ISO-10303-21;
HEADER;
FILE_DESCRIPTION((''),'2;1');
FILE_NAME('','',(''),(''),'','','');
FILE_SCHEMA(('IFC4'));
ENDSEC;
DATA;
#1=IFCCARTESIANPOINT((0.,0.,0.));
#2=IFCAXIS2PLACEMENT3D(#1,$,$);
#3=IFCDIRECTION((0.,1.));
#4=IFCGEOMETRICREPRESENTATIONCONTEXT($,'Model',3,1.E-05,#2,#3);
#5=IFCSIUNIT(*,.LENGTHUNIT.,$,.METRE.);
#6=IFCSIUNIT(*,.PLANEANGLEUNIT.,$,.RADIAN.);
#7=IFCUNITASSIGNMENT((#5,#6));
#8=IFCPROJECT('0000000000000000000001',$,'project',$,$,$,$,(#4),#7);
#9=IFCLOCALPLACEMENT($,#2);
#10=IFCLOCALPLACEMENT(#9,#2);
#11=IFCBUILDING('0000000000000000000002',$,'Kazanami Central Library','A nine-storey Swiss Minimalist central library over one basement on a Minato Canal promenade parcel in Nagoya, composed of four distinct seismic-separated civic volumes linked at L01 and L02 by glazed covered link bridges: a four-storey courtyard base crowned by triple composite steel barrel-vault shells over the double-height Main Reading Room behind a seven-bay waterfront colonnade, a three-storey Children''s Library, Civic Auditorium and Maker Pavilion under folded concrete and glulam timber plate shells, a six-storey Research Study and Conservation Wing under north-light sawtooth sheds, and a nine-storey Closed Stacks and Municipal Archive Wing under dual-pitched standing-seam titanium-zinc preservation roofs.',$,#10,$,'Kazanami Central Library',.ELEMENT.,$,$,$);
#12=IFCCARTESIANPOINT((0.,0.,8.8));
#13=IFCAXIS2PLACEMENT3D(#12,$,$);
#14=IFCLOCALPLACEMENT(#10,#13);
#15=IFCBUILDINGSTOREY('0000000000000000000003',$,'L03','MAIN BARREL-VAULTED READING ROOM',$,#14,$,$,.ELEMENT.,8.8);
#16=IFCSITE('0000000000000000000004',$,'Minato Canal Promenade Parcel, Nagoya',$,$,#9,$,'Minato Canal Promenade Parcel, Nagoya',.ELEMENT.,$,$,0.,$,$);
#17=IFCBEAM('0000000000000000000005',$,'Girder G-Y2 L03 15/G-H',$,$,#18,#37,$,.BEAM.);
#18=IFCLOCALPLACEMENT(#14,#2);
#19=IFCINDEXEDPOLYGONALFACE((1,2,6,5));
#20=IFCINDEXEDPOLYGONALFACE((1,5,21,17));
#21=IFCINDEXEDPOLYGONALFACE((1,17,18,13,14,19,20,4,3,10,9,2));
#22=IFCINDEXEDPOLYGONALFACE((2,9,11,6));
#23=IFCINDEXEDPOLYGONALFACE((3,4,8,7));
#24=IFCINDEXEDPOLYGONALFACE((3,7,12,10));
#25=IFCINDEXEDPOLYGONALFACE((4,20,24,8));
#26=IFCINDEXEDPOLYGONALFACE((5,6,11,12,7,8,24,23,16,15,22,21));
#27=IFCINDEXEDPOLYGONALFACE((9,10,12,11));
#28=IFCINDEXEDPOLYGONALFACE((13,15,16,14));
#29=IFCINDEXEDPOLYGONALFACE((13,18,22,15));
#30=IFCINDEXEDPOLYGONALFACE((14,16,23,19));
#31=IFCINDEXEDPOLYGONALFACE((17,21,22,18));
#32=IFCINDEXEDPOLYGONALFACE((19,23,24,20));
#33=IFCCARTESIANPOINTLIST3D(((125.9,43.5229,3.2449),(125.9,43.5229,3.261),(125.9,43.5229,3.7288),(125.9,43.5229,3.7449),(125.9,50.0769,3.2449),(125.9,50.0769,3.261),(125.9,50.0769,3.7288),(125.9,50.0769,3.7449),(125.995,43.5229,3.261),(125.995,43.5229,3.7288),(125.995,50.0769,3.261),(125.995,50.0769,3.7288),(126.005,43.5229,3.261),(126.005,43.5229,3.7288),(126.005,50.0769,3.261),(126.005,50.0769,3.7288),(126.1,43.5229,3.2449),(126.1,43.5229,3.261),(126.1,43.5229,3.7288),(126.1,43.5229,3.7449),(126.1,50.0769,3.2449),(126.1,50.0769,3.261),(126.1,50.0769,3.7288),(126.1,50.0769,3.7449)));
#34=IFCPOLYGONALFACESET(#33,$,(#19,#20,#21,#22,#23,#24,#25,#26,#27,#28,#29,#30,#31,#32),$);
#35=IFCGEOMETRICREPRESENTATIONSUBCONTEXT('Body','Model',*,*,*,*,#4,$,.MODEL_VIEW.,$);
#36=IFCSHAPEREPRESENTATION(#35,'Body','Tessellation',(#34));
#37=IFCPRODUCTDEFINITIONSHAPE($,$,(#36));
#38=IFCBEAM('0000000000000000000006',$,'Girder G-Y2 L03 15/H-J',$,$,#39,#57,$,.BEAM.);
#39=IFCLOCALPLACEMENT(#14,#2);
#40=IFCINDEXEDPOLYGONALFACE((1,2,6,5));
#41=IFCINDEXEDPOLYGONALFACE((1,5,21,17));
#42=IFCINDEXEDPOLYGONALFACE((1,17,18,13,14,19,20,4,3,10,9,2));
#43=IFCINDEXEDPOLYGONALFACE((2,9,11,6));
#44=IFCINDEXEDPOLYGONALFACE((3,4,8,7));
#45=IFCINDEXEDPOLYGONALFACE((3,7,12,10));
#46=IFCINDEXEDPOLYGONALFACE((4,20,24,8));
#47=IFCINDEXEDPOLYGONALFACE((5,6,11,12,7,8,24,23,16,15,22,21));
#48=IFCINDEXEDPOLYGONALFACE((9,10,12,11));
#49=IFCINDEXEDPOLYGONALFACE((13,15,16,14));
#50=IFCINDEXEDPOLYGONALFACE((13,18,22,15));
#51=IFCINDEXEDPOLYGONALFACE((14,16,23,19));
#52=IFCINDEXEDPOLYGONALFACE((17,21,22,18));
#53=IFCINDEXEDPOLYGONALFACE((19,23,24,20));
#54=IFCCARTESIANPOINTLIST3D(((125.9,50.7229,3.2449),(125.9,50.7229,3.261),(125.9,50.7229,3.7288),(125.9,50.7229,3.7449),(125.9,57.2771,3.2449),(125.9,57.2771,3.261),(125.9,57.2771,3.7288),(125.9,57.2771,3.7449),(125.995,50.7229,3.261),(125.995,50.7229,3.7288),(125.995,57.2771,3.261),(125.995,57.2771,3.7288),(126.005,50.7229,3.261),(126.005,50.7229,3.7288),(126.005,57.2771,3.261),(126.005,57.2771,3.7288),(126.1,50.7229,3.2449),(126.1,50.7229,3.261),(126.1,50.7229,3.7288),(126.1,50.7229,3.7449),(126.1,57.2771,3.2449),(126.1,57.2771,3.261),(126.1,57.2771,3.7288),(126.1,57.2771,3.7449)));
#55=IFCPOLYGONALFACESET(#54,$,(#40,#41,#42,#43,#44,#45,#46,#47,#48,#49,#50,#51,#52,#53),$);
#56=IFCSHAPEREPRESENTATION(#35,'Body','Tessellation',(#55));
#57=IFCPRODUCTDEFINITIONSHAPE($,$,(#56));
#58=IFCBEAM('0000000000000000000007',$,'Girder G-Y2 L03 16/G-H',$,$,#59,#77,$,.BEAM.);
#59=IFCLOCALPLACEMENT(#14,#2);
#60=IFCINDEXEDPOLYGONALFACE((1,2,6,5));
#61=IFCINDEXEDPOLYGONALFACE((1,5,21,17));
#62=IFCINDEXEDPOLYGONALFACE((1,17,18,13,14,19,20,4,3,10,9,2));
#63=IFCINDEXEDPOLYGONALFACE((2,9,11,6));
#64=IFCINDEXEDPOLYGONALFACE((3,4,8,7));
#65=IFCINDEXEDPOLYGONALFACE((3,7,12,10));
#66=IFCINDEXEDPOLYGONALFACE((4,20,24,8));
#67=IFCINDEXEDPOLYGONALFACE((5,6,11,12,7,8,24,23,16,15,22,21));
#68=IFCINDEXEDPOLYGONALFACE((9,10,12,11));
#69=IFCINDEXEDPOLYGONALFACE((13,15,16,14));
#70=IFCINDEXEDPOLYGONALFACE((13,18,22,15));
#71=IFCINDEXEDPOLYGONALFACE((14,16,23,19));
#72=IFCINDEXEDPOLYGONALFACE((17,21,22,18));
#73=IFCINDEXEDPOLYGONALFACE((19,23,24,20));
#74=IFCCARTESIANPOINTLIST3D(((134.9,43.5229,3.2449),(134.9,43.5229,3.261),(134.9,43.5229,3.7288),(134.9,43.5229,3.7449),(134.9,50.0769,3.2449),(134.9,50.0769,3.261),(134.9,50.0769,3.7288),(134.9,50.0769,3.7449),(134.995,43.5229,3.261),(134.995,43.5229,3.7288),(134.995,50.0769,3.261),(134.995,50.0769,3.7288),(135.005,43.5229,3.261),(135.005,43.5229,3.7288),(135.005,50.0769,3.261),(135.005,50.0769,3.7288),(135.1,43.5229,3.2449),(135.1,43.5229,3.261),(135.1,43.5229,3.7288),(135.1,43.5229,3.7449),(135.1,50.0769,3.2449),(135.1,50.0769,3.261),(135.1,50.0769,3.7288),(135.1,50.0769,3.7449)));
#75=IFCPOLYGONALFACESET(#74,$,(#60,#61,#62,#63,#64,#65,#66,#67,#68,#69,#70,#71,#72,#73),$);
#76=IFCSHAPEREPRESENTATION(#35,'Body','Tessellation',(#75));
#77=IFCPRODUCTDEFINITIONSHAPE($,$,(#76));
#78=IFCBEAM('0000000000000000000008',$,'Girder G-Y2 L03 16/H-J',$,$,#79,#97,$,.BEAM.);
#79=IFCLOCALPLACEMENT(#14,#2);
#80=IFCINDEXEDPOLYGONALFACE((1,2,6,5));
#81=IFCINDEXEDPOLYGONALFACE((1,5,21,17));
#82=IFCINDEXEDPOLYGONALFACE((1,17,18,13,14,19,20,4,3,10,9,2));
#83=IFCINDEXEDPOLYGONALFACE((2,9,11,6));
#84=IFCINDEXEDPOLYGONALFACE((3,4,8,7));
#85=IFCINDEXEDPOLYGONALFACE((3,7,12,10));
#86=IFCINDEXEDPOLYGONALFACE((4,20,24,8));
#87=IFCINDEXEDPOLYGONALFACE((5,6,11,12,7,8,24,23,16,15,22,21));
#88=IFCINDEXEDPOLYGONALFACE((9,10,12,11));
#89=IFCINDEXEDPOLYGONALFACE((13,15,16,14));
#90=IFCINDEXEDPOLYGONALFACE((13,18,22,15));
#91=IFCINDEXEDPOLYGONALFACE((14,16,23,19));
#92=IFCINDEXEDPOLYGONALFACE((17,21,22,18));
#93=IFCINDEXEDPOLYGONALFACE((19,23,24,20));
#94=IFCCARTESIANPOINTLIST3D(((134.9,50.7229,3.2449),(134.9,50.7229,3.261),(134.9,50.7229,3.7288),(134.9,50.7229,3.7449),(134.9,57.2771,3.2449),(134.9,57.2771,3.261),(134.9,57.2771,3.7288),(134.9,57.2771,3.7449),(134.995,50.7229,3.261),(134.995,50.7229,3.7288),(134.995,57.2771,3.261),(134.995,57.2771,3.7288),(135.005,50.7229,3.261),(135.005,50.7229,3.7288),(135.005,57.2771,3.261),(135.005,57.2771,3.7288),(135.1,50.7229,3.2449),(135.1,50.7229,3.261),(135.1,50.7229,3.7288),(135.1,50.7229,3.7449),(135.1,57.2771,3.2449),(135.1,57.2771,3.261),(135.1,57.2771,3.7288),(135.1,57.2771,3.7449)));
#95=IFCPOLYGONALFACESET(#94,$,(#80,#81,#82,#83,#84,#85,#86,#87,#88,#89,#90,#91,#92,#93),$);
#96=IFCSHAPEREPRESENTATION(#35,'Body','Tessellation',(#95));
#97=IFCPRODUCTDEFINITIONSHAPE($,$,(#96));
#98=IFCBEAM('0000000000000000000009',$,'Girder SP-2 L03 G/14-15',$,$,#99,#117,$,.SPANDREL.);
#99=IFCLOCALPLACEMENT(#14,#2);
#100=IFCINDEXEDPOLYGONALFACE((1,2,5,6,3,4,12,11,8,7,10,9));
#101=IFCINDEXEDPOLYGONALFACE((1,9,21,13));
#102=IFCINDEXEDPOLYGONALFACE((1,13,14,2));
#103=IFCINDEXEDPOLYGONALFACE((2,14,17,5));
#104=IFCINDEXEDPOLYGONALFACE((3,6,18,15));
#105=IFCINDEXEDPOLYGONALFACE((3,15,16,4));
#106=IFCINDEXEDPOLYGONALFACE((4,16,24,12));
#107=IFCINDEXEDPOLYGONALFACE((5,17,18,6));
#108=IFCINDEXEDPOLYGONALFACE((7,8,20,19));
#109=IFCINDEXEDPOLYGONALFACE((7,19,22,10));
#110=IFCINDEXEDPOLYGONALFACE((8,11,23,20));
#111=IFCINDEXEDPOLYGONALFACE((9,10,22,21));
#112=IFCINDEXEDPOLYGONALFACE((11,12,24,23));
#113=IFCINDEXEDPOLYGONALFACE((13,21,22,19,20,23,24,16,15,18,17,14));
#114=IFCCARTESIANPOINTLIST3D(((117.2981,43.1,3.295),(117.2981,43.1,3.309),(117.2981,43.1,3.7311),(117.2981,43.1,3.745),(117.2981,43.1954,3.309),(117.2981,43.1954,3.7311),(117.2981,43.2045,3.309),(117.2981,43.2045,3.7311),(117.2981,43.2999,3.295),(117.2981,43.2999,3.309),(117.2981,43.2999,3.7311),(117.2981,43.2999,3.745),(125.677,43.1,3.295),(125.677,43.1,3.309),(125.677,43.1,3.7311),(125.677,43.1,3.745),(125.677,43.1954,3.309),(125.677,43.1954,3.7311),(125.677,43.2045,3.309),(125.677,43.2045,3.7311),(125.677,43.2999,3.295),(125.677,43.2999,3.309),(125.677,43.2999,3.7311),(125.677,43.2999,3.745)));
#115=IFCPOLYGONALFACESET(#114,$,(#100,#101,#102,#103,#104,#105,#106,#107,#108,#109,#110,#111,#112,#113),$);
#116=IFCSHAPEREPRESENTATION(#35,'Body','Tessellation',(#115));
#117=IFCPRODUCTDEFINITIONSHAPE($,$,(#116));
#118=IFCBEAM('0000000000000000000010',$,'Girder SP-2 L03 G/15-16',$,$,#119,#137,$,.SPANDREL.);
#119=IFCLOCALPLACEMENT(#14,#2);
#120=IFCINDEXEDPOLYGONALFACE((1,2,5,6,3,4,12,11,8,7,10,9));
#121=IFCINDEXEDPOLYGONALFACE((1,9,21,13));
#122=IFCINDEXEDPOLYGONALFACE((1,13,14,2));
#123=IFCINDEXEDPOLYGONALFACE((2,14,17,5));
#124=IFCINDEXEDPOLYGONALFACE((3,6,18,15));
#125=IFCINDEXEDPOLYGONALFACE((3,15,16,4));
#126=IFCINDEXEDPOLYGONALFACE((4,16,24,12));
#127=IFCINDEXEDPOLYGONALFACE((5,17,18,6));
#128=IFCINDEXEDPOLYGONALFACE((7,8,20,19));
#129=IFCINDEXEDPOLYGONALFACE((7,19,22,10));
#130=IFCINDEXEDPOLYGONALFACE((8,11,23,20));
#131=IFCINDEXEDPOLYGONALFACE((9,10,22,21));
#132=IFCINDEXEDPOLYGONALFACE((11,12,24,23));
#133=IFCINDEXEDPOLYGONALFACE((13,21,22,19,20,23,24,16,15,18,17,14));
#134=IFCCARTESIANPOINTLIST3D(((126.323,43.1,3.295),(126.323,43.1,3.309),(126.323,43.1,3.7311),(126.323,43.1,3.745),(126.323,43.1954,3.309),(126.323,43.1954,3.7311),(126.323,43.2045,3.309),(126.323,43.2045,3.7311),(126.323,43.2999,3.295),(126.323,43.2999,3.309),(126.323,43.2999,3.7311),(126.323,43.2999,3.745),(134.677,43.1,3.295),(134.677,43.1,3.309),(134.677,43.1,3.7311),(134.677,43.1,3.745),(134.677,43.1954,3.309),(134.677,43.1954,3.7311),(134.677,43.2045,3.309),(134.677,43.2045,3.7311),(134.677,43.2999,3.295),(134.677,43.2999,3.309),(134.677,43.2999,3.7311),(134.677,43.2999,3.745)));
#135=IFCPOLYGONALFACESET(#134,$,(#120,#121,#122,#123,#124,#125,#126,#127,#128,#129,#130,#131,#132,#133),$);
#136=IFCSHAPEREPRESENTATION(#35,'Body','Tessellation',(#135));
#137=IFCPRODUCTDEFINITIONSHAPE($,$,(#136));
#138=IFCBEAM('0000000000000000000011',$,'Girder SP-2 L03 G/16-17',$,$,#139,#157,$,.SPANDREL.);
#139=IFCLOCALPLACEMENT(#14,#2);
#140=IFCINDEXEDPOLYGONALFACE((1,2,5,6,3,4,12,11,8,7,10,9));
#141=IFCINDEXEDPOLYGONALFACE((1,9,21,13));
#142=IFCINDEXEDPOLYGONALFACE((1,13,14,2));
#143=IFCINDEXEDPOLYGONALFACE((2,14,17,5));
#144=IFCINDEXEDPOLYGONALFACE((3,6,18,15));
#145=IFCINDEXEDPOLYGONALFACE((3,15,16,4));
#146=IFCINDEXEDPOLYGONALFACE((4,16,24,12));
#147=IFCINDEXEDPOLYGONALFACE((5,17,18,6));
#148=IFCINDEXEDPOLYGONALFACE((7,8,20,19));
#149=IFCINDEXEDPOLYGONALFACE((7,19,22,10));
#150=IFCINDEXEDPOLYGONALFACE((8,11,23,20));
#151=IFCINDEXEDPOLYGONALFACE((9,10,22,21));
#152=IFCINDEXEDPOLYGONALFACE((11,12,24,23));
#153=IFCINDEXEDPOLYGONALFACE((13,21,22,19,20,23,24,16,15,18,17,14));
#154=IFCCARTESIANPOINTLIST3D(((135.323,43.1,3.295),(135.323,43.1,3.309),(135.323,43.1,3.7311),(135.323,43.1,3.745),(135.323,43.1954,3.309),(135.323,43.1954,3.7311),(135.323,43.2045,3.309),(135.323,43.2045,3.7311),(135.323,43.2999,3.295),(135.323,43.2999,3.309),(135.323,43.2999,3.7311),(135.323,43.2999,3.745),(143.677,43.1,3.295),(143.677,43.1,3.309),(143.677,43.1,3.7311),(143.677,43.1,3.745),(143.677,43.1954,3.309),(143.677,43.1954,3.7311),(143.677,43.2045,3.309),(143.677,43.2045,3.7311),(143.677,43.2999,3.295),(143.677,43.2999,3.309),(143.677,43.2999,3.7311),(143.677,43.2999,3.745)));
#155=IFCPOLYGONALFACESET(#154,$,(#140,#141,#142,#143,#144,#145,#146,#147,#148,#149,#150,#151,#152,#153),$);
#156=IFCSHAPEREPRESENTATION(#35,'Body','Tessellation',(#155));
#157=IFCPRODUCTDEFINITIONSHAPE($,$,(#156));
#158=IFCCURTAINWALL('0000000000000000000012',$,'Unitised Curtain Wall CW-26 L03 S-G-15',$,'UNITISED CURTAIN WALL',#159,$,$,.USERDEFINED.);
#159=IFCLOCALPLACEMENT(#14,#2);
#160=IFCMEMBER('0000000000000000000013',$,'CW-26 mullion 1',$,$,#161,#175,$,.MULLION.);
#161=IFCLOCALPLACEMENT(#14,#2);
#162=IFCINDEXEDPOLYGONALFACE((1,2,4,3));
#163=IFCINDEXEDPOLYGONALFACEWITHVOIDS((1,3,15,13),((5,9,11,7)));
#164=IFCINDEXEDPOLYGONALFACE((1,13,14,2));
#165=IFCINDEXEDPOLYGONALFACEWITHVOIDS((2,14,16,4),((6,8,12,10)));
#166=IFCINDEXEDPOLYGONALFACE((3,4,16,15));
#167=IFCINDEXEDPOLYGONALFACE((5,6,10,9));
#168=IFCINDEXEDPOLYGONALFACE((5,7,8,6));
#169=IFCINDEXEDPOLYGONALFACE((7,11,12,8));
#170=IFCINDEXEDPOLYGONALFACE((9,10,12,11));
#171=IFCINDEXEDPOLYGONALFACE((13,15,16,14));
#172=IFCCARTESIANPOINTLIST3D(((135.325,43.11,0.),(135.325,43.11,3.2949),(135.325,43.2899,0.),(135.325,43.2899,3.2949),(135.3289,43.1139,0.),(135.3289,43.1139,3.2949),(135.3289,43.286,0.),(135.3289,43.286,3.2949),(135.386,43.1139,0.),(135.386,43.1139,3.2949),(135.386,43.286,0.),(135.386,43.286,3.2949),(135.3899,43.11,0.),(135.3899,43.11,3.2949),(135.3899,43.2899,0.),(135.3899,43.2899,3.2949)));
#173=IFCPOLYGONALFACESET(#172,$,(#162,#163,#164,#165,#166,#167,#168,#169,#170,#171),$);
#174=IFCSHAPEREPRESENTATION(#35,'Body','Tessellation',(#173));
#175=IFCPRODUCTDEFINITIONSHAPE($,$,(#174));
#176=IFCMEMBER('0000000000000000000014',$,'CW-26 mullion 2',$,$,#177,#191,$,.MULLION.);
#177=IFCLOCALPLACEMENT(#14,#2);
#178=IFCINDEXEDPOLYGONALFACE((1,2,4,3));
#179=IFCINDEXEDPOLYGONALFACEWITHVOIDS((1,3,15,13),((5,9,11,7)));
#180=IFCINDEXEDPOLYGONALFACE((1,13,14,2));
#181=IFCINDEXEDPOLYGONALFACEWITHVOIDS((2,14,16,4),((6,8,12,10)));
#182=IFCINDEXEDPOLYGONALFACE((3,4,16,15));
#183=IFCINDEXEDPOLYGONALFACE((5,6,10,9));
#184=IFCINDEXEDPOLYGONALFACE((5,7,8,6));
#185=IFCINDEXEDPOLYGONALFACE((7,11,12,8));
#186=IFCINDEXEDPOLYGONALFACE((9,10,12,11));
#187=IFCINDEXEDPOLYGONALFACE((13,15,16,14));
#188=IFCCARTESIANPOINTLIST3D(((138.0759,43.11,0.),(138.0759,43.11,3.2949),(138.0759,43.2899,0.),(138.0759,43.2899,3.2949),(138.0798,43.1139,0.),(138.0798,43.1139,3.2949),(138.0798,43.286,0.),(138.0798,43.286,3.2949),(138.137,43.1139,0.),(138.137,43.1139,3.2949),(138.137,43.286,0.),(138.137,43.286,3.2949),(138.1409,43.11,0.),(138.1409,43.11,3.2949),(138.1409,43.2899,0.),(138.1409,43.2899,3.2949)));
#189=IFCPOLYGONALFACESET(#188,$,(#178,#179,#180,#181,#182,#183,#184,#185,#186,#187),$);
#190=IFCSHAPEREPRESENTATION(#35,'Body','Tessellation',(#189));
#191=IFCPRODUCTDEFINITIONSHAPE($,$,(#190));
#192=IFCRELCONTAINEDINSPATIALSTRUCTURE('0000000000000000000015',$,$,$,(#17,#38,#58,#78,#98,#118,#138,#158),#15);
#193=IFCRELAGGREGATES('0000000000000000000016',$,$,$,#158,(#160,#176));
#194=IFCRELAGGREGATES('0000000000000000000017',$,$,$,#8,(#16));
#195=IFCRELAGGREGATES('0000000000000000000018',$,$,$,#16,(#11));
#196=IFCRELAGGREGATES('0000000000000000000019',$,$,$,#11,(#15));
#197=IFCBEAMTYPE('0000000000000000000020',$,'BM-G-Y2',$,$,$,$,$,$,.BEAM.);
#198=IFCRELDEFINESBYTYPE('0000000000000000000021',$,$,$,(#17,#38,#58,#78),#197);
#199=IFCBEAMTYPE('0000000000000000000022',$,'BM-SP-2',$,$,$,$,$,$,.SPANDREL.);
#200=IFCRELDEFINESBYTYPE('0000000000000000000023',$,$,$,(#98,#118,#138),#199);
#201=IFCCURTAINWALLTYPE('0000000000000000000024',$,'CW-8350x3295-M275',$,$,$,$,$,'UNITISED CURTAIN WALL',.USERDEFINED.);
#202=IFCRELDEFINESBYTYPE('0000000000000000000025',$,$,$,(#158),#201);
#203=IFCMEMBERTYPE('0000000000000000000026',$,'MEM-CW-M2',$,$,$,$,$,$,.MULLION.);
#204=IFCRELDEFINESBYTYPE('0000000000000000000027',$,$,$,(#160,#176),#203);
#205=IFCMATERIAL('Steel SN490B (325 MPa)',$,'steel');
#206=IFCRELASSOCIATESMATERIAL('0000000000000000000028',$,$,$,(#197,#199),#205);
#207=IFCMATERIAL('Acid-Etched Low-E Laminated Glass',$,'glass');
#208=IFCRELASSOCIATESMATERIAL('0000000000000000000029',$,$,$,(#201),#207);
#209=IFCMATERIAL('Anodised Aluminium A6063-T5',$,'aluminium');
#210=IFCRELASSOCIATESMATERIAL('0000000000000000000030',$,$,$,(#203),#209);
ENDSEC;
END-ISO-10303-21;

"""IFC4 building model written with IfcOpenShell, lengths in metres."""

from ifc_helpers import new_model, si_unit, direction, frame, origin, origin_2d, place, context, subcontext, project, spatial, hollow_rectangle, i_section, extrude, material, material_profile, profile_set, type_object, element, aggregate, save


model = new_model("IFC4")

# Units and contexts
model_context = context("Model", 3, precision=1e-05, world=origin(), true_north=direction((0.0, 1.0)))
body_context = subcontext(model_context, "Body", "Model", "MODEL_VIEW")
ifc_project = project(units=[si_unit("LENGTHUNIT", "METRE"), si_unit("PLANEANGLEUNIT", "RADIAN")], contexts=[model_context])

# Site, building, storey
site_placement = place(None, origin())
site = spatial("IfcSite", under=ifc_project, at=site_placement, Name="Minato Canal Promenade Parcel, Nagoya", LongName="Minato Canal Promenade Parcel, Nagoya", CompositionType="ELEMENT", RefElevation=0.0)
building_placement = place(site_placement, origin())
building = spatial("IfcBuilding", under=site, at=building_placement, Name="Kazanami Central Library", Description="A nine-storey Swiss Minimalist central library over one basement on a Minato Canal promenade parcel in Nagoya, composed of four distinct seismic-separated civic volumes linked at L01 and L02 by glazed covered link bridges: a four-storey courtyard base crowned by triple composite steel barrel-vault shells over the double-height Main Reading Room behind a seven-bay waterfront colonnade, a three-storey Children's Library, Civic Auditorium and Maker Pavilion under folded concrete and glulam timber plate shells, a six-storey Research Study and Conservation Wing under north-light sawtooth sheds, and a nine-storey Closed Stacks and Municipal Archive Wing under dual-pitched standing-seam titanium-zinc preservation roofs.", LongName="Kazanami Central Library", CompositionType="ELEMENT")
storey_placement = place(building_placement, frame((0.0, 0.0, 8.8)))
storey = spatial("IfcBuildingStorey", under=building, at=storey_placement, Name="L03", Description="MAIN BARREL-VAULTED READING ROOM", CompositionType="ELEMENT", Elevation=8.8)

# Beams
ifc_material_1 = material(Name="Steel SN490B (325 MPa)", Category="steel")
ifc_material_profile_1 = material_profile(ifc_material_1, i_section(OverallWidth=0.2, OverallDepth=0.5, WebThickness=0.01, FlangeThickness=0.0161, at=origin_2d()), Name="H-500x200x10x16")
ifc_profile_set_1 = profile_set([ifc_material_profile_1], Name="Steel SN490B (325 MPa)")
beam_type_1 = type_object("IfcBeamType", Name="BM-G-Y2", PredefinedType="BEAM", material=ifc_profile_set_1)
beam_1_placement = place(storey_placement, frame((126.0, 43.5229, 3.4949), z_axis=(0.0, 1.0, 0.0), x_axis=(-1.0, 0.0, 0.0)))
element("IfcBeam", 1, at=beam_1_placement, inside=storey, type_object=beam_type_1, Name="Girder G-Y2 L03 15/G-H", PredefinedType="BEAM", context=body_context, shape_type="SweptSolid", body=[
    extrude(i_section(OverallWidth=0.2, OverallDepth=0.5, WebThickness=0.01, FlangeThickness=0.0161, at=origin_2d()), origin(), (0.0, 0.0, 1.0), 6.554),
])
beam_2_placement = place(storey_placement, frame((126.0, 50.7229, 3.4949), z_axis=(0.0, 1.0, 0.0), x_axis=(-1.0, 0.0, 0.0)))
element("IfcBeam", 2, at=beam_2_placement, inside=storey, type_object=beam_type_1, Name="Girder G-Y2 L03 15/H-J", PredefinedType="BEAM", context=body_context, shape_type="SweptSolid", body=[
    extrude(i_section(OverallWidth=0.2, OverallDepth=0.5, WebThickness=0.01, FlangeThickness=0.0161, at=origin_2d()), origin(), (0.0, 0.0, 1.0), 6.5542),
])
beam_3_placement = place(storey_placement, frame((135.0, 43.5229, 3.4949), z_axis=(0.0, 1.0, 0.0), x_axis=(-1.0, 0.0, 0.0)))
element("IfcBeam", 3, at=beam_3_placement, inside=storey, type_object=beam_type_1, Name="Girder G-Y2 L03 16/G-H", PredefinedType="BEAM", context=body_context, shape_type="SweptSolid", body=[
    extrude(i_section(OverallWidth=0.2, OverallDepth=0.5, WebThickness=0.01, FlangeThickness=0.0161, at=origin_2d()), origin(), (0.0, 0.0, 1.0), 6.554),
])
beam_4_placement = place(storey_placement, frame((135.0, 50.7229, 3.4949), z_axis=(0.0, 1.0, 0.0), x_axis=(-1.0, 0.0, 0.0)))
element("IfcBeam", 4, at=beam_4_placement, inside=storey, type_object=beam_type_1, Name="Girder G-Y2 L03 16/H-J", PredefinedType="BEAM", context=body_context, shape_type="SweptSolid", body=[
    extrude(i_section(OverallWidth=0.2, OverallDepth=0.5, WebThickness=0.01, FlangeThickness=0.0161, at=origin_2d()), origin(), (0.0, 0.0, 1.0), 6.5542),
])
ifc_material_profile_2 = material_profile(ifc_material_1, i_section(OverallWidth=0.2, OverallDepth=0.45, WebThickness=0.009, FlangeThickness=0.0139, at=origin_2d()), Name="H-450x200x9x14")
ifc_profile_set_2 = profile_set([ifc_material_profile_2], Name="Steel SN490B (325 MPa)")
beam_type_2 = type_object("IfcBeamType", Name="BM-SP-2", PredefinedType="SPANDREL", material=ifc_profile_set_2)
beam_5_placement = place(storey_placement, frame((117.2981, 43.2, 3.52), z_axis=(1.0, 0.0, 0.0), x_axis=(0.0, 1.0, 0.0)))
element("IfcBeam", 5, at=beam_5_placement, inside=storey, type_object=beam_type_2, Name="Girder SP-2 L03 G/14-15", PredefinedType="SPANDREL", context=body_context, shape_type="SweptSolid", body=[
    extrude(i_section(OverallWidth=0.2, OverallDepth=0.45, WebThickness=0.009, FlangeThickness=0.0139, at=origin_2d()), origin(), (0.0, 0.0, 1.0), 8.3789),
])
for number, where, z_axis, x_axis, name in (
    (6, (126.323, 43.2, 3.52), (1.0, 0.0, 0.0), (0.0, 1.0, 0.0), "Girder SP-2 L03 G/15-16"),
    (7, (135.323, 43.2, 3.52), (1.0, 0.0, 0.0), (0.0, 1.0, 0.0), "Girder SP-2 L03 G/16-17"),
):
    element("IfcBeam", number, at=place(storey_placement, frame(where, z_axis=z_axis, x_axis=x_axis)), inside=storey, type_object=beam_type_2, Name=name, PredefinedType="SPANDREL", context=body_context, shape_type="SweptSolid", body=[
        extrude(i_section(OverallWidth=0.2, OverallDepth=0.45, WebThickness=0.009, FlangeThickness=0.0139, at=origin_2d()), origin(), (0.0, 0.0, 1.0), 8.354),
    ])

# Curtain wall, members
ifc_material_2 = material(Name="Acid-Etched Low-E Laminated Glass", Category="glass")
curtain_wall_type = type_object("IfcCurtainWallType", Name="CW-8350x3295-M275", ElementType="UNITISED CURTAIN WALL", PredefinedType="USERDEFINED", material=ifc_material_2)
curtain_wall_placement = place(storey_placement, origin())
curtain_wall = element("IfcCurtainWall", 8, at=curtain_wall_placement, inside=storey, type_object=curtain_wall_type, Name="Unitised Curtain Wall CW-26 L03 S-G-15", ObjectType="UNITISED CURTAIN WALL", PredefinedType="USERDEFINED")
ifc_material_3 = material(Name="Anodised Aluminium A6063-T5", Category="aluminium")
ifc_material_profile_3 = material_profile(ifc_material_3, hollow_rectangle(XDim=0.0649, YDim=0.1799, WallThickness=0.0039, at=origin_2d()), Name="ALU-MULL-65x180x4")
ifc_profile_set_3 = profile_set([ifc_material_profile_3], Name="Anodised Aluminium A6063-T5")
member_type_1 = type_object("IfcMemberType", Name="MEM-CW-M2", PredefinedType="MULLION", material=ifc_profile_set_3)
member_1_placement = place(storey_placement, frame((135.3574, 43.2, 0.0), z_axis=(0.0, 0.0, 1.0), x_axis=(1.0, 0.0, 0.0)))
member_1 = element("IfcMember", 9, at=member_1_placement, type_object=member_type_1, Name="CW-26 mullion 1", PredefinedType="MULLION", context=body_context, shape_type="SweptSolid", body=[
    extrude(hollow_rectangle(XDim=0.0649, YDim=0.1799, WallThickness=0.0039, at=origin_2d()), origin(), (0.0, 0.0, 1.0), 3.2949),
])
member_2_placement = place(storey_placement, frame((138.1084, 43.2, 0.0), z_axis=(0.0, 0.0, 1.0), x_axis=(1.0, 0.0, 0.0)))
member_2 = element("IfcMember", 10, at=member_2_placement, type_object=member_type_1, Name="CW-26 mullion 2", PredefinedType="MULLION", context=body_context, shape_type="SweptSolid", body=[
    extrude(hollow_rectangle(XDim=0.0649, YDim=0.1799, WallThickness=0.0039, at=origin_2d()), origin(), (0.0, 0.0, 1.0), 3.2949),
])
aggregate(curtain_wall, [member_1, member_2])

save(model, "model.ifc")
